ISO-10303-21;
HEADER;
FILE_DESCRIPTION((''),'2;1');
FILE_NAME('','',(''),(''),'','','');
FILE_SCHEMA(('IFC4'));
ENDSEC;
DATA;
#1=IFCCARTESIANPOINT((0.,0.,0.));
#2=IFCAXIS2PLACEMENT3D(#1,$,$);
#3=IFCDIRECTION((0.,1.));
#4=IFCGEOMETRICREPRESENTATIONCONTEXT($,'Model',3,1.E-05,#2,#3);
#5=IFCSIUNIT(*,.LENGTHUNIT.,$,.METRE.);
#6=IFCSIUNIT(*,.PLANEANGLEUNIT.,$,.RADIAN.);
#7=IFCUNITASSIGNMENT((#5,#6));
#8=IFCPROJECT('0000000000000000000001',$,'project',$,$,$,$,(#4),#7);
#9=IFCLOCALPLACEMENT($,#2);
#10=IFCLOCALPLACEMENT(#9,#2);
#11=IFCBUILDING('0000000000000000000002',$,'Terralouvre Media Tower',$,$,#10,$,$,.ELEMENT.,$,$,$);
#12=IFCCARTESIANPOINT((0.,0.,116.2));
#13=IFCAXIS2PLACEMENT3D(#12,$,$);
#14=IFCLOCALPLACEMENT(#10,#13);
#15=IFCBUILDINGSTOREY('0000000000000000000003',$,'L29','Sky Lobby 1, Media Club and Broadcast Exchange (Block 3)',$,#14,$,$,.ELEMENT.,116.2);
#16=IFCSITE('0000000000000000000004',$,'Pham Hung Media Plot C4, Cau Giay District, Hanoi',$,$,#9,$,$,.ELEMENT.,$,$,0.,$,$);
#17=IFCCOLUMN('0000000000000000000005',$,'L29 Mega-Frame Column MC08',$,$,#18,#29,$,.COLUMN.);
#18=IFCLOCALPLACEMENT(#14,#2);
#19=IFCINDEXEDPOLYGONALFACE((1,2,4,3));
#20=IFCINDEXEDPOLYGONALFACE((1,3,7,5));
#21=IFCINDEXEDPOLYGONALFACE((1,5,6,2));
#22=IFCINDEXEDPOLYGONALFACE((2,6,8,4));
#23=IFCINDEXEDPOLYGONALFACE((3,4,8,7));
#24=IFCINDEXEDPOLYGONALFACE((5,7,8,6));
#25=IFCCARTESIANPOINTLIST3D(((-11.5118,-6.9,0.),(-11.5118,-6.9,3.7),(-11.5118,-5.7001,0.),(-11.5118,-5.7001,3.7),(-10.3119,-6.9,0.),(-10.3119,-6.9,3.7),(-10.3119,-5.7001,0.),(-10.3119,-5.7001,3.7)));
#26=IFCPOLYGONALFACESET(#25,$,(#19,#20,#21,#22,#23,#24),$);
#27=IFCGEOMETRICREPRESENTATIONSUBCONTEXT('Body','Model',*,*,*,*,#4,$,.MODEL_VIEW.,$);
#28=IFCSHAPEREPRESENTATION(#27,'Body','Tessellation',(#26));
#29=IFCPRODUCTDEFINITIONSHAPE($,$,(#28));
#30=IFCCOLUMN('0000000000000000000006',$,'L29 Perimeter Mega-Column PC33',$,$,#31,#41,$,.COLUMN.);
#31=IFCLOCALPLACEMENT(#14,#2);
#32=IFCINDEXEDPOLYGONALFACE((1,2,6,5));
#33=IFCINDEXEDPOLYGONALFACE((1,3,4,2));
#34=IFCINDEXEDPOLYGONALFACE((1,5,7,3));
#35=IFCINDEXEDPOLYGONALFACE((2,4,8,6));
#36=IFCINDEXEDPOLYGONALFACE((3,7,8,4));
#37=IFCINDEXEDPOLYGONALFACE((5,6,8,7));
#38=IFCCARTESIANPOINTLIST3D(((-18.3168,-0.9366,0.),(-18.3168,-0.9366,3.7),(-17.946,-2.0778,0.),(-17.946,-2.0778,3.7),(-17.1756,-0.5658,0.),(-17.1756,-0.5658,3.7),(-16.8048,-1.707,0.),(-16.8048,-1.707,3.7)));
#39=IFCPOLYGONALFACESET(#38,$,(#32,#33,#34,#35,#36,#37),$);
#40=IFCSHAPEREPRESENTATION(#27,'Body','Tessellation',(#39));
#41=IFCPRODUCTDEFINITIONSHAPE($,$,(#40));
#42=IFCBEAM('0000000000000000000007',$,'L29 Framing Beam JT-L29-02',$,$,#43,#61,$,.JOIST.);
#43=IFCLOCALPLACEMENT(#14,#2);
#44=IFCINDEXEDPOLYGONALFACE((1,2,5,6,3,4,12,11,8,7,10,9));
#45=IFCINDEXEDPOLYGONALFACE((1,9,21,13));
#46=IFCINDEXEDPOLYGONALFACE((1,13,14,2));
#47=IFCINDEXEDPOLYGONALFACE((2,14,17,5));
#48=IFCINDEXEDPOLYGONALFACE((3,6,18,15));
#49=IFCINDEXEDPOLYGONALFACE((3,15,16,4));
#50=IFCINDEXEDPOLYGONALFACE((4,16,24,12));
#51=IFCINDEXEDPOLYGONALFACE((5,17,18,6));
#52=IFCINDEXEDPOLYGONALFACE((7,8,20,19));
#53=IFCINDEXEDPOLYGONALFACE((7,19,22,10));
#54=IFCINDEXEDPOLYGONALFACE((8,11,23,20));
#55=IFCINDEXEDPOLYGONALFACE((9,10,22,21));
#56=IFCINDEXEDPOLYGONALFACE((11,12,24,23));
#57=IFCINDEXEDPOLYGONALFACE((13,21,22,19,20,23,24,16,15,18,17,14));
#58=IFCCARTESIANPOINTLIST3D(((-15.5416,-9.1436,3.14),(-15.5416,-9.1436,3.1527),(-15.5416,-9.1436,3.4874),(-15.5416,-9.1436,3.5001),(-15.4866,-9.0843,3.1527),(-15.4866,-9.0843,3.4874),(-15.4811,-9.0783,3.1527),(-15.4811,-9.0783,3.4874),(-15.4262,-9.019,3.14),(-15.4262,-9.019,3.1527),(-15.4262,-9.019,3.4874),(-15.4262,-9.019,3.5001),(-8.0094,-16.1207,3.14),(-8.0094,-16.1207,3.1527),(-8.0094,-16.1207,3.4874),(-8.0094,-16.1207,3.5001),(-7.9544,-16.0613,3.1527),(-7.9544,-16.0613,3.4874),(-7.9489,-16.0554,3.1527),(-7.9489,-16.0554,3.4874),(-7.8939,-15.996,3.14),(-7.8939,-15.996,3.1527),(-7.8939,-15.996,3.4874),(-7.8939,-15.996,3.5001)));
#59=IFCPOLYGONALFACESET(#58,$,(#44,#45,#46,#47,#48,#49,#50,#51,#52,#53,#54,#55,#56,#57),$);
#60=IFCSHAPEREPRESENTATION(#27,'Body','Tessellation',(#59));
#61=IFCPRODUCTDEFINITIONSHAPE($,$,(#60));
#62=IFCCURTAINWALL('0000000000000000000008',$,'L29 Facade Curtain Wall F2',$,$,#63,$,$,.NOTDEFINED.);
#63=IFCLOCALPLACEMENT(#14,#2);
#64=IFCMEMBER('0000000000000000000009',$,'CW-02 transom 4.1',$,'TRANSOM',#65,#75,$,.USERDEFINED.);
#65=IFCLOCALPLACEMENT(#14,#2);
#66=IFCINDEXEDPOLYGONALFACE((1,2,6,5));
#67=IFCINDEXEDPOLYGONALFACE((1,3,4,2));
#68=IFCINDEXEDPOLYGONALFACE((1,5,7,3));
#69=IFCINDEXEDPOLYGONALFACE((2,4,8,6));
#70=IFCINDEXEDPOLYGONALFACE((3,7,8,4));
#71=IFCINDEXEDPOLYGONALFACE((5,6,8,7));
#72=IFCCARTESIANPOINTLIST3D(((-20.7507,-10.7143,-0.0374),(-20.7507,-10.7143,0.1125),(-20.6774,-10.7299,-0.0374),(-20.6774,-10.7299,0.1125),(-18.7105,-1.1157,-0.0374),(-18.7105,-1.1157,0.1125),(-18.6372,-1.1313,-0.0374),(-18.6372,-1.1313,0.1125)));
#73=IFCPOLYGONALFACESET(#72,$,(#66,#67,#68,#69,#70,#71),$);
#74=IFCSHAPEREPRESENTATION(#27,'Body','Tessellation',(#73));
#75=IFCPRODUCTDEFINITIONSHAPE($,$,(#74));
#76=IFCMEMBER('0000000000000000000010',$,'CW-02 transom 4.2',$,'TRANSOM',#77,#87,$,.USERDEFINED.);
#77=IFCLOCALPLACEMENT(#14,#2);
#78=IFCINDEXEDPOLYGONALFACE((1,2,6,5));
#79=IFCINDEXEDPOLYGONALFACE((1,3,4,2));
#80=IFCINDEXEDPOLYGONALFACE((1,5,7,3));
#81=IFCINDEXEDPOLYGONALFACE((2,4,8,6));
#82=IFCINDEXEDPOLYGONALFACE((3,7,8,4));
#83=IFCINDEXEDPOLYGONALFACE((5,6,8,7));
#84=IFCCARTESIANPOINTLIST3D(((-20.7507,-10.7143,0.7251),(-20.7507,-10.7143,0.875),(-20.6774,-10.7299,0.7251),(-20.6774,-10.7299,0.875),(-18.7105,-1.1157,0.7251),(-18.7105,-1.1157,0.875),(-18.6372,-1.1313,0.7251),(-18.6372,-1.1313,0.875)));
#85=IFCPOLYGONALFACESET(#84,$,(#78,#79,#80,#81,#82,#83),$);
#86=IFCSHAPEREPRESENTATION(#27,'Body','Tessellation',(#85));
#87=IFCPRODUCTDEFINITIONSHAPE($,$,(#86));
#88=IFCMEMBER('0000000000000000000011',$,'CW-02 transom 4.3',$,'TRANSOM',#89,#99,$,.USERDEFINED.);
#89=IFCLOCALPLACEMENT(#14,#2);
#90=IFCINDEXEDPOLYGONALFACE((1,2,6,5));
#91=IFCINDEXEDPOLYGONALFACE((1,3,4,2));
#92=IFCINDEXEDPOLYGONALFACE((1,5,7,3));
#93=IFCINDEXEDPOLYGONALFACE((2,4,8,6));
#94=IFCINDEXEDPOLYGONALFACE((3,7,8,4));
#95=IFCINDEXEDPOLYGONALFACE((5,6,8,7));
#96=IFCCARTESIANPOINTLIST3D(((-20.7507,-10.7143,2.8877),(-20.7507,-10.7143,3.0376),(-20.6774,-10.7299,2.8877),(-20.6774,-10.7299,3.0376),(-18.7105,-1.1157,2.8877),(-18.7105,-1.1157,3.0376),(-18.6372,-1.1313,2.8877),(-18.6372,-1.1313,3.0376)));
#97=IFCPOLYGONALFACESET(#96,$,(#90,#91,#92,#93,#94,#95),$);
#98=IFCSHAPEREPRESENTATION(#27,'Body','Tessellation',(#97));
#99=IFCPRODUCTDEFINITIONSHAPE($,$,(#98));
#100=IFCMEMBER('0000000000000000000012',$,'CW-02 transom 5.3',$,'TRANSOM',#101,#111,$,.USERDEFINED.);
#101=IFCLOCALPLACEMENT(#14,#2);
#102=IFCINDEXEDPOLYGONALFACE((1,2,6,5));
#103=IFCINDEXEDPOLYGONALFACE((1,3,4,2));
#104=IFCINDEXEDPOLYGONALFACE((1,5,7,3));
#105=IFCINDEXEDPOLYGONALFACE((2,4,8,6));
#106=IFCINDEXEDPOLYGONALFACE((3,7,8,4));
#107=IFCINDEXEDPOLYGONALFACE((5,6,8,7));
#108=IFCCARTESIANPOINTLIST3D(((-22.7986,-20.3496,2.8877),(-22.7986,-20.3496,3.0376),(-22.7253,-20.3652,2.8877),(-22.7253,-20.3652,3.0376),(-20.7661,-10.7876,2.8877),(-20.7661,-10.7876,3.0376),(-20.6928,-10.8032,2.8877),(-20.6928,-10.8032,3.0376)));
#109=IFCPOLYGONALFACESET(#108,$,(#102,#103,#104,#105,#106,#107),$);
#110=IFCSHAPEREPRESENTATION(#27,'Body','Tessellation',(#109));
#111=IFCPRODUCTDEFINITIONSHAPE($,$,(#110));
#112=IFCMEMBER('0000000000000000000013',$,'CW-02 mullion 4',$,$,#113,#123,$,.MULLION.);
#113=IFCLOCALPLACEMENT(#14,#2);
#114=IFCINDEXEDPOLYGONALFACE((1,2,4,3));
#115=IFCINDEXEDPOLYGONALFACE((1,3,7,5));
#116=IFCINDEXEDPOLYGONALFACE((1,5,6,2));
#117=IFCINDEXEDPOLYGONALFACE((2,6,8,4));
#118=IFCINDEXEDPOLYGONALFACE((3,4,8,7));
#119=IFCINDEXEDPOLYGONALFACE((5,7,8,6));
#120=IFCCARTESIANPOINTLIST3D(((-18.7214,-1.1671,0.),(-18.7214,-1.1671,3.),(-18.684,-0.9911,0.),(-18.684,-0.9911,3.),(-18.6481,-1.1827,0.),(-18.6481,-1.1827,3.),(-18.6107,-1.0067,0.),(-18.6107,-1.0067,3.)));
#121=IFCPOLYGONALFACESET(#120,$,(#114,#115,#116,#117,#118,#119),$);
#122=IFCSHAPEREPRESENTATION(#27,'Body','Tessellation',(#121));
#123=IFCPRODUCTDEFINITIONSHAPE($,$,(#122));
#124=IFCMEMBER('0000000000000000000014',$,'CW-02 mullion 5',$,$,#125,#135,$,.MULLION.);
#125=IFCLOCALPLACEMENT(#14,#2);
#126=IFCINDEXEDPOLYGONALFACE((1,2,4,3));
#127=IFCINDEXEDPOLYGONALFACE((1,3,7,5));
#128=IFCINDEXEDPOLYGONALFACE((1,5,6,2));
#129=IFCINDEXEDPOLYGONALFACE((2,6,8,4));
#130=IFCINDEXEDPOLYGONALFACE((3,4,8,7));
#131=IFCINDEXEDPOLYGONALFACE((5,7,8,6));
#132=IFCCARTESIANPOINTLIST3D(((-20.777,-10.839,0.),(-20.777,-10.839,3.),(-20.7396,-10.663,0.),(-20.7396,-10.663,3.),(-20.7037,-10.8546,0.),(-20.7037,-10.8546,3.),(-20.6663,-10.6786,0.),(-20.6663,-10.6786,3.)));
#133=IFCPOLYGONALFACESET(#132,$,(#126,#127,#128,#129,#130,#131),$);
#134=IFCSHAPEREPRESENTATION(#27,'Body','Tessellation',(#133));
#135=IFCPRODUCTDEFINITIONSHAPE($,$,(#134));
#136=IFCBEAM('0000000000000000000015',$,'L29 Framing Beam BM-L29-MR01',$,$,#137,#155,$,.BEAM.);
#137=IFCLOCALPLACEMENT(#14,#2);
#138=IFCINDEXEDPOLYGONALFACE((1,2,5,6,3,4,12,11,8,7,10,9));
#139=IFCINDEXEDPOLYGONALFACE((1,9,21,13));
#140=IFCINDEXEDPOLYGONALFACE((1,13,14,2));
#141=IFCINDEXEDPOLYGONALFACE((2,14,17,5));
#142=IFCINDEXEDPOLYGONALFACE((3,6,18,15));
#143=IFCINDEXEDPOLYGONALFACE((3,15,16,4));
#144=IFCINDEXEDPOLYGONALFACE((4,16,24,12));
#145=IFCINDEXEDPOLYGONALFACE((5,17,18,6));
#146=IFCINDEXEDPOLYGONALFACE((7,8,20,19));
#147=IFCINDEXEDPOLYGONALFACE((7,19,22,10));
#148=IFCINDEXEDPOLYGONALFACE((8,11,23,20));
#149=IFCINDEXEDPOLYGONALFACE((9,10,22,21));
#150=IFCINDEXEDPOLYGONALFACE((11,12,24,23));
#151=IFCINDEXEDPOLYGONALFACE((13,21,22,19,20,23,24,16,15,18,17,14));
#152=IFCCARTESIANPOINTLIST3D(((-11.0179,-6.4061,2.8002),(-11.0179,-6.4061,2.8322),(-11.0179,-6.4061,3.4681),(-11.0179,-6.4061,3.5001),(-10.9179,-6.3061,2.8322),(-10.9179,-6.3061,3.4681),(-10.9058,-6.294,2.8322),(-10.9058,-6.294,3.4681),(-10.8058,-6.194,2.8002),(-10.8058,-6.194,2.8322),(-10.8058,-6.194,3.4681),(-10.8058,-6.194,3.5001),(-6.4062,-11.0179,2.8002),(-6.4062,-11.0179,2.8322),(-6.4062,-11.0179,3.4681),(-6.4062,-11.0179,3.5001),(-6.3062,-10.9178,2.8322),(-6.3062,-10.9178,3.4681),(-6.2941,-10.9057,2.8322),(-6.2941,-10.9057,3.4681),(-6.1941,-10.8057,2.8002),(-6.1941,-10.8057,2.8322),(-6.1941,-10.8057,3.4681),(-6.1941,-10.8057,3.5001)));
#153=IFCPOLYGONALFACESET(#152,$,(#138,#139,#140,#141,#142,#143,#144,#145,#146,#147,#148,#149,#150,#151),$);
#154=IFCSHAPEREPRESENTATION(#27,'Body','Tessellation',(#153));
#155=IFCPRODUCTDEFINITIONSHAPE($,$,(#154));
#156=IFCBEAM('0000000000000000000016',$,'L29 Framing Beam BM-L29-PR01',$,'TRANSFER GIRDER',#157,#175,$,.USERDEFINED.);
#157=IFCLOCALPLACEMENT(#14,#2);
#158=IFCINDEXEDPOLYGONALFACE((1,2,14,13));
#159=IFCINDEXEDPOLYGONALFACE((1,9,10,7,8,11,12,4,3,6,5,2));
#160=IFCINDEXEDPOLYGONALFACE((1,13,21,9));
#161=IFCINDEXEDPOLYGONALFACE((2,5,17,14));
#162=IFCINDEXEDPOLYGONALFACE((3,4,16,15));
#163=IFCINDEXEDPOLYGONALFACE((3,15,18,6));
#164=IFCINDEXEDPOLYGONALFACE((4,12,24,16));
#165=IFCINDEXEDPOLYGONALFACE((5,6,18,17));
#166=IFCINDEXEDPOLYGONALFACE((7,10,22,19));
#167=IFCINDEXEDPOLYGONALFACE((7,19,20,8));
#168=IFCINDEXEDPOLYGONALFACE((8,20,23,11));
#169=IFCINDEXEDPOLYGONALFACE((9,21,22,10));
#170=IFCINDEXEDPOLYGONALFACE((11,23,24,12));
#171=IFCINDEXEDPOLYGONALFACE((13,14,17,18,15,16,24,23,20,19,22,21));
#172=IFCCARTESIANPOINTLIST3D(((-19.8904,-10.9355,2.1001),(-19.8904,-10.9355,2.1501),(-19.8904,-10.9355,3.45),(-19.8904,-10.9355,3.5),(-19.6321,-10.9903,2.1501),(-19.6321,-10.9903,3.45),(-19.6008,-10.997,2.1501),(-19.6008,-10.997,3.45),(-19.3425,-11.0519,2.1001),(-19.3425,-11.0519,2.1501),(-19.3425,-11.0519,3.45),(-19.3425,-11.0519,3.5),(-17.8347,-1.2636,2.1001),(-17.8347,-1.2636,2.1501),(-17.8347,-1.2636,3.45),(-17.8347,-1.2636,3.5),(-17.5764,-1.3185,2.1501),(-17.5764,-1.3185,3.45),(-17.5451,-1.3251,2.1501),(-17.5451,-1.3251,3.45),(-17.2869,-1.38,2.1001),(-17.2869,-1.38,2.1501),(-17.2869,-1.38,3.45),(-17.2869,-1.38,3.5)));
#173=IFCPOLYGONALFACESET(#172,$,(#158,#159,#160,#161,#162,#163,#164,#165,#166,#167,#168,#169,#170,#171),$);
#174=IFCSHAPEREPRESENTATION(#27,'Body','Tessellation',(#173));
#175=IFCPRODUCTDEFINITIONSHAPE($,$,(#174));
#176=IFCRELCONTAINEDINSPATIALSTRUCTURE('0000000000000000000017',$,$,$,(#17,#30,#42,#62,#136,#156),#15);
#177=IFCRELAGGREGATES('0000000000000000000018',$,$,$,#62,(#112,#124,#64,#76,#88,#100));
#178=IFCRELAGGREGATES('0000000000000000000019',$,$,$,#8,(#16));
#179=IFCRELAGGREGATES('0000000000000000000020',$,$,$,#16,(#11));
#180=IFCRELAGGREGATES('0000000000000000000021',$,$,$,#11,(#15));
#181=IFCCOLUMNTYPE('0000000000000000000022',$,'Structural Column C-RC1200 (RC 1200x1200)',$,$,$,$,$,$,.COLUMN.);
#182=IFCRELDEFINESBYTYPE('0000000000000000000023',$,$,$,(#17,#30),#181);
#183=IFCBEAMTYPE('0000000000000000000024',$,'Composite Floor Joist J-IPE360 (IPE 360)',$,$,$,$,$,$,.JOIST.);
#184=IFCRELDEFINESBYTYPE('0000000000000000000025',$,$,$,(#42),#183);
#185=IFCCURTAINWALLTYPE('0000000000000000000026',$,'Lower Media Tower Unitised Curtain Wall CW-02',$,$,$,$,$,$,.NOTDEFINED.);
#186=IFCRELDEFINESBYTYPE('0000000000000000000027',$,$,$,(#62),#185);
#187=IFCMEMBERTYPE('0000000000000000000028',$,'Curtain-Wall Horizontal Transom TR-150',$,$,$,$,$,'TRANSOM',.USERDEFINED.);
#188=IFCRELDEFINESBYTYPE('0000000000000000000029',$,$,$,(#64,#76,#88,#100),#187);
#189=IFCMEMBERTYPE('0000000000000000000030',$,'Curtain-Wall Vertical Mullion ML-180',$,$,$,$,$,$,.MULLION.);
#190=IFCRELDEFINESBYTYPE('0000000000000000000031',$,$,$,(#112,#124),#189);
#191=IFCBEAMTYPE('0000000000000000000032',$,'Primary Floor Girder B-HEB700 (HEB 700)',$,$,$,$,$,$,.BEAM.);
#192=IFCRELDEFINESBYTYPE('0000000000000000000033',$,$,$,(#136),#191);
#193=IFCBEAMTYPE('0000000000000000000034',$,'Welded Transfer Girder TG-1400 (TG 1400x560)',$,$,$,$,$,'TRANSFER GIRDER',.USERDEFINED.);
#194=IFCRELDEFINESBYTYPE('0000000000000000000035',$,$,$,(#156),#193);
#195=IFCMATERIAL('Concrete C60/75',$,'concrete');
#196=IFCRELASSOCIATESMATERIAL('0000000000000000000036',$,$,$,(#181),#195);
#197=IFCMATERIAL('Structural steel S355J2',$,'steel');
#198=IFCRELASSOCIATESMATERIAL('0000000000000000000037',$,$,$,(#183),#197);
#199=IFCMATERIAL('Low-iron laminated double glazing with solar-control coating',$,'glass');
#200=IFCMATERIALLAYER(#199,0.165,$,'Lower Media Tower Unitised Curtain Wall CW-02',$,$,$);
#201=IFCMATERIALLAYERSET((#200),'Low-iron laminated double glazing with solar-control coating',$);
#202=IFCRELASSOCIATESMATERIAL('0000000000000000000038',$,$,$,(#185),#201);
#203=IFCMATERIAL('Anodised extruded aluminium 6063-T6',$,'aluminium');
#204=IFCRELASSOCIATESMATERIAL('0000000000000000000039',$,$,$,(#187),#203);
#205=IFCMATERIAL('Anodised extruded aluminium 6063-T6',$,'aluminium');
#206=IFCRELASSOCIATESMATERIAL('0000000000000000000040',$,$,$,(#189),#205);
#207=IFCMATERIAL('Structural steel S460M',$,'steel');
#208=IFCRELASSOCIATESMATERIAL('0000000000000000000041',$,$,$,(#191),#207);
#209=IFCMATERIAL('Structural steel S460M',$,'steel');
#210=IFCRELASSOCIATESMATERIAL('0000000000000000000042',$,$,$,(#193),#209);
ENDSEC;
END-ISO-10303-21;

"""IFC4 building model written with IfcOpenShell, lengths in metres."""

from ifc_helpers import new_model, si_unit, direction, frame, origin, origin_2d, place, context, subcontext, project, spatial, rectangle, i_section, extrude, material, layer, layer_set, material_profile, profile_set, type_object, element, aggregate, save


model = new_model("IFC4")

# Units and contexts
model_context = context("Model", 3, precision=1e-05, world=origin(), true_north=direction((0.0, 1.0)))
body_context = subcontext(model_context, "Body", "Model", "MODEL_VIEW")
ifc_project = project(units=[si_unit("LENGTHUNIT", "METRE"), si_unit("PLANEANGLEUNIT", "RADIAN")], contexts=[model_context])

# Site, building, storey
site_placement = place(None, origin())
site = spatial("IfcSite", under=ifc_project, at=site_placement, Name="Pham Hung Media Plot C4, Cau Giay District, Hanoi", CompositionType="ELEMENT", RefElevation=0.0)
building_placement = place(site_placement, origin())
building = spatial("IfcBuilding", under=site, at=building_placement, Name="Terralouvre Media Tower", CompositionType="ELEMENT")
storey_placement = place(building_placement, frame((0.0, 0.0, 116.2)))
storey = spatial("IfcBuildingStorey", under=building, at=storey_placement, Name="L29", Description="Sky Lobby 1, Media Club and Broadcast Exchange (Block 3)", CompositionType="ELEMENT", Elevation=116.2)

# Columns
ifc_material_1 = material(Name="Concrete C60/75", Category="concrete")
ifc_material_profile_1 = material_profile(ifc_material_1, rectangle(XDim=1.2, YDim=1.2, at=origin_2d()), Name="RC 1200x1200")
ifc_profile_set_1 = profile_set([ifc_material_profile_1], Name="Concrete C60/75")
column_type = type_object("IfcColumnType", Name="Structural Column C-RC1200 (RC 1200x1200)", PredefinedType="COLUMN", material=ifc_profile_set_1)
for number, where, z_axis, x_axis, name in (
    (1, (-10.9119, -6.3, 0.0), (0.0, 0.0, 1.0), (1.0, 0.0, 0.0), "L29 Mega-Frame Column MC08"),
    (2, (-17.5608, -1.3218, 0.0), (0.0, 0.0, 1.0), (0.951057, 0.309017, 0.0), "L29 Perimeter Mega-Column PC33"),
):
    element("IfcColumn", number, at=place(storey_placement, frame(where, z_axis=z_axis, x_axis=x_axis)), inside=storey, type_object=column_type, Name=name, PredefinedType="COLUMN", context=body_context, shape_type="SweptSolid", body=[
        extrude(rectangle(XDim=1.2, YDim=1.2, at=origin_2d()), origin(), (0.0, 0.0, 1.0), 3.7),
    ])

# Beam
ifc_material_2 = material(Name="Structural steel S355J2", Category="steel")
ifc_material_profile_2 = material_profile(ifc_material_2, i_section(OverallWidth=0.1699, OverallDepth=0.3601, WebThickness=0.0081, FlangeThickness=0.0127, at=origin_2d()), Name="IPE 360")
ifc_profile_set_2 = profile_set([ifc_material_profile_2], Name="Structural steel S355J2")
beam_type_1 = type_object("IfcBeamType", Name="Composite Floor Joist J-IPE360 (IPE 360)", PredefinedType="JOIST", material=ifc_profile_set_2)
beam_1_placement = place(storey_placement, frame((-15.4839, -9.0813, 3.3201), z_axis=(0.733626, -0.679553, 0.0), x_axis=(0.679553, 0.733626, 0.0)))
element("IfcBeam", 3, at=beam_1_placement, inside=storey, type_object=beam_type_1, Name="L29 Framing Beam JT-L29-02", PredefinedType="JOIST", context=body_context, shape_type="SweptSolid", body=[
    extrude(i_section(OverallWidth=0.1699, OverallDepth=0.3601, WebThickness=0.0081, FlangeThickness=0.0127, at=origin_2d()), origin(), (0.0, 0.0, 1.0), 10.2671),
])

# Curtain wall, members
ifc_material_3 = material(Name="Low-iron laminated double glazing with solar-control coating", Category="glass")
ifc_layer_1 = layer(ifc_material_3, 0.165, Name="Lower Media Tower Unitised Curtain Wall CW-02")
ifc_layer_set_1 = layer_set([ifc_layer_1], Name="Low-iron laminated double glazing with solar-control coating")
curtain_wall_type = type_object("IfcCurtainWallType", Name="Lower Media Tower Unitised Curtain Wall CW-02", PredefinedType="NOTDEFINED", material=ifc_layer_set_1)
curtain_wall_placement = place(storey_placement, origin())
curtain_wall = element("IfcCurtainWall", 4, at=curtain_wall_placement, inside=storey, type_object=curtain_wall_type, Name="L29 Facade Curtain Wall F2", PredefinedType="NOTDEFINED")
ifc_material_4 = material(Name="Anodised extruded aluminium 6063-T6", Category="aluminium")
ifc_material_profile_3 = material_profile(ifc_material_4, rectangle(XDim=0.075, YDim=0.1499, at=origin_2d()), Name="ALU 75x150")
ifc_profile_set_3 = profile_set([ifc_material_profile_3], Name="Anodised extruded aluminium 6063-T6")
member_type_1 = type_object("IfcMemberType", Name="Curtain-Wall Horizontal Transom TR-150", ElementType="TRANSOM", PredefinedType="USERDEFINED", material=ifc_profile_set_3)
member_1_placement = place(storey_placement, frame((-18.6738, -1.1235, 0.0376), z_axis=(-0.207915, -0.978147, 0.0), x_axis=(0.978147, -0.207915, 0.0)))
member_1 = element("IfcMember", 5, at=member_1_placement, type_object=member_type_1, Name="CW-02 transom 4.1", ObjectType="TRANSOM", PredefinedType="USERDEFINED", context=body_context, shape_type="SweptSolid", body=[
    extrude(rectangle(XDim=0.075, YDim=0.1499, at=origin_2d()), origin(), (0.0, 0.0, 1.0), 9.813),
])
member_2_placement = place(storey_placement, frame((-18.6738, -1.1235, 0.8), z_axis=(-0.207915, -0.978147, 0.0), x_axis=(0.978147, -0.207915, 0.0)))
member_2 = element("IfcMember", 6, at=member_2_placement, type_object=member_type_1, Name="CW-02 transom 4.2", ObjectType="TRANSOM", PredefinedType="USERDEFINED", context=body_context, shape_type="SweptSolid", body=[
    extrude(rectangle(XDim=0.075, YDim=0.1499, at=origin_2d()), origin(), (0.0, 0.0, 1.0), 9.813),
])
member_3_placement = place(storey_placement, frame((-18.6738, -1.1235, 2.9626), z_axis=(-0.207915, -0.978147, 0.0), x_axis=(0.978147, -0.207915, 0.0)))
member_3 = element("IfcMember", 7, at=member_3_placement, type_object=member_type_1, Name="CW-02 transom 4.3", ObjectType="TRANSOM", PredefinedType="USERDEFINED", context=body_context, shape_type="SweptSolid", body=[
    extrude(rectangle(XDim=0.075, YDim=0.1499, at=origin_2d()), origin(), (0.0, 0.0, 1.0), 9.813),
])
member_4_placement = place(storey_placement, frame((-20.7295, -10.7954, 2.9626), z_axis=(-0.207912, -0.978148, 0.0), x_axis=(0.978148, -0.207912, 0.0)))
member_4 = element("IfcMember", 8, at=member_4_placement, type_object=member_type_1, Name="CW-02 transom 5.3", ObjectType="TRANSOM", PredefinedType="USERDEFINED", context=body_context, shape_type="SweptSolid", body=[
    extrude(rectangle(XDim=0.075, YDim=0.1499, at=origin_2d()), origin(), (0.0, 0.0, 1.0), 9.7756),
])
ifc_material_5 = material(Name="Anodised extruded aluminium 6063-T6", Category="aluminium")
ifc_material_profile_4 = material_profile(ifc_material_5, rectangle(XDim=0.075, YDim=0.1799, at=origin_2d()), Name="ALU 75x180")
ifc_profile_set_4 = profile_set([ifc_material_profile_4], Name="Anodised extruded aluminium 6063-T6")
member_type_2 = type_object("IfcMemberType", Name="Curtain-Wall Vertical Mullion ML-180", PredefinedType="MULLION", material=ifc_profile_set_4)
member_5_placement = place(storey_placement, frame((-18.666, -1.0869, 0.0), z_axis=(0.0, 0.0, 1.0), x_axis=(0.978148, -0.207912, 0.0)))
member_5 = element("IfcMember", 9, at=member_5_placement, type_object=member_type_2, Name="CW-02 mullion 4", PredefinedType="MULLION", context=body_context, shape_type="SweptSolid", body=[
    extrude(rectangle(XDim=0.075, YDim=0.1799, at=origin_2d()), origin(), (0.0, 0.0, 1.0), 3.0),
])
member_6_placement = place(storey_placement, frame((-20.7217, -10.7588, 0.0), z_axis=(0.0, 0.0, 1.0), x_axis=(0.978148, -0.207912, 0.0)))
member_6 = element("IfcMember", 10, at=member_6_placement, type_object=member_type_2, Name="CW-02 mullion 5", PredefinedType="MULLION", context=body_context, shape_type="SweptSolid", body=[
    extrude(rectangle(XDim=0.075, YDim=0.1799, at=origin_2d()), origin(), (0.0, 0.0, 1.0), 3.0),
])

# Beams
ifc_material_6 = material(Name="Structural steel S460M", Category="steel")
ifc_material_profile_5 = material_profile(ifc_material_6, i_section(OverallWidth=0.3, OverallDepth=0.7, WebThickness=0.0171, FlangeThickness=0.032, at=origin_2d()), Name="HEB 700")
ifc_profile_set_5 = profile_set([ifc_material_profile_5], Name="Structural steel S460M")
beam_type_2 = type_object("IfcBeamType", Name="Primary Floor Girder B-HEB700 (HEB 700)", PredefinedType="BEAM", material=ifc_profile_set_5)
beam_2_placement = place(storey_placement, frame((-10.9119, -6.3, 3.1501), z_axis=(0.707107, -0.707107, 0.0), x_axis=(0.707107, 0.707107, 0.0)))
element("IfcBeam", 11, at=beam_2_placement, inside=storey, type_object=beam_type_2, Name="L29 Framing Beam BM-L29-MR01", PredefinedType="BEAM", context=body_context, shape_type="SweptSolid", body=[
    extrude(i_section(OverallWidth=0.3, OverallDepth=0.7, WebThickness=0.0171, FlangeThickness=0.032, at=origin_2d()), origin(), (0.0, 0.0, 1.0), 6.522),
])
ifc_material_7 = material(Name="Structural steel S460M", Category="steel")
ifc_material_profile_6 = material_profile(ifc_material_7, i_section(OverallWidth=0.5601, OverallDepth=1.3999, WebThickness=0.032, FlangeThickness=0.05, at=origin_2d()), Name="TG 1400x560")
ifc_profile_set_6 = profile_set([ifc_material_profile_6], Name="Structural steel S460M")
beam_type_3 = type_object("IfcBeamType", Name="Welded Transfer Girder TG-1400 (TG 1400x560)", ElementType="TRANSFER GIRDER", PredefinedType="USERDEFINED", material=ifc_profile_set_6)
beam_3_placement = place(storey_placement, frame((-17.5608, -1.3218, 2.8), z_axis=(-0.207897, -0.978151, 0.0), x_axis=(0.978151, -0.207897, 0.0)))
element("IfcBeam", 12, at=beam_3_placement, inside=storey, type_object=beam_type_3, Name="L29 Framing Beam BM-L29-PR01", ObjectType="TRANSFER GIRDER", PredefinedType="USERDEFINED", context=body_context, shape_type="SweptSolid", body=[
    extrude(i_section(OverallWidth=0.5601, OverallDepth=1.3999, WebThickness=0.032, FlangeThickness=0.05, at=origin_2d()), origin(), (0.0, 0.0, 1.0), 9.8879),
])

aggregate(curtain_wall, [member_5, member_6, member_1, member_2, member_3, member_4])

save(model, "model.ifc")
